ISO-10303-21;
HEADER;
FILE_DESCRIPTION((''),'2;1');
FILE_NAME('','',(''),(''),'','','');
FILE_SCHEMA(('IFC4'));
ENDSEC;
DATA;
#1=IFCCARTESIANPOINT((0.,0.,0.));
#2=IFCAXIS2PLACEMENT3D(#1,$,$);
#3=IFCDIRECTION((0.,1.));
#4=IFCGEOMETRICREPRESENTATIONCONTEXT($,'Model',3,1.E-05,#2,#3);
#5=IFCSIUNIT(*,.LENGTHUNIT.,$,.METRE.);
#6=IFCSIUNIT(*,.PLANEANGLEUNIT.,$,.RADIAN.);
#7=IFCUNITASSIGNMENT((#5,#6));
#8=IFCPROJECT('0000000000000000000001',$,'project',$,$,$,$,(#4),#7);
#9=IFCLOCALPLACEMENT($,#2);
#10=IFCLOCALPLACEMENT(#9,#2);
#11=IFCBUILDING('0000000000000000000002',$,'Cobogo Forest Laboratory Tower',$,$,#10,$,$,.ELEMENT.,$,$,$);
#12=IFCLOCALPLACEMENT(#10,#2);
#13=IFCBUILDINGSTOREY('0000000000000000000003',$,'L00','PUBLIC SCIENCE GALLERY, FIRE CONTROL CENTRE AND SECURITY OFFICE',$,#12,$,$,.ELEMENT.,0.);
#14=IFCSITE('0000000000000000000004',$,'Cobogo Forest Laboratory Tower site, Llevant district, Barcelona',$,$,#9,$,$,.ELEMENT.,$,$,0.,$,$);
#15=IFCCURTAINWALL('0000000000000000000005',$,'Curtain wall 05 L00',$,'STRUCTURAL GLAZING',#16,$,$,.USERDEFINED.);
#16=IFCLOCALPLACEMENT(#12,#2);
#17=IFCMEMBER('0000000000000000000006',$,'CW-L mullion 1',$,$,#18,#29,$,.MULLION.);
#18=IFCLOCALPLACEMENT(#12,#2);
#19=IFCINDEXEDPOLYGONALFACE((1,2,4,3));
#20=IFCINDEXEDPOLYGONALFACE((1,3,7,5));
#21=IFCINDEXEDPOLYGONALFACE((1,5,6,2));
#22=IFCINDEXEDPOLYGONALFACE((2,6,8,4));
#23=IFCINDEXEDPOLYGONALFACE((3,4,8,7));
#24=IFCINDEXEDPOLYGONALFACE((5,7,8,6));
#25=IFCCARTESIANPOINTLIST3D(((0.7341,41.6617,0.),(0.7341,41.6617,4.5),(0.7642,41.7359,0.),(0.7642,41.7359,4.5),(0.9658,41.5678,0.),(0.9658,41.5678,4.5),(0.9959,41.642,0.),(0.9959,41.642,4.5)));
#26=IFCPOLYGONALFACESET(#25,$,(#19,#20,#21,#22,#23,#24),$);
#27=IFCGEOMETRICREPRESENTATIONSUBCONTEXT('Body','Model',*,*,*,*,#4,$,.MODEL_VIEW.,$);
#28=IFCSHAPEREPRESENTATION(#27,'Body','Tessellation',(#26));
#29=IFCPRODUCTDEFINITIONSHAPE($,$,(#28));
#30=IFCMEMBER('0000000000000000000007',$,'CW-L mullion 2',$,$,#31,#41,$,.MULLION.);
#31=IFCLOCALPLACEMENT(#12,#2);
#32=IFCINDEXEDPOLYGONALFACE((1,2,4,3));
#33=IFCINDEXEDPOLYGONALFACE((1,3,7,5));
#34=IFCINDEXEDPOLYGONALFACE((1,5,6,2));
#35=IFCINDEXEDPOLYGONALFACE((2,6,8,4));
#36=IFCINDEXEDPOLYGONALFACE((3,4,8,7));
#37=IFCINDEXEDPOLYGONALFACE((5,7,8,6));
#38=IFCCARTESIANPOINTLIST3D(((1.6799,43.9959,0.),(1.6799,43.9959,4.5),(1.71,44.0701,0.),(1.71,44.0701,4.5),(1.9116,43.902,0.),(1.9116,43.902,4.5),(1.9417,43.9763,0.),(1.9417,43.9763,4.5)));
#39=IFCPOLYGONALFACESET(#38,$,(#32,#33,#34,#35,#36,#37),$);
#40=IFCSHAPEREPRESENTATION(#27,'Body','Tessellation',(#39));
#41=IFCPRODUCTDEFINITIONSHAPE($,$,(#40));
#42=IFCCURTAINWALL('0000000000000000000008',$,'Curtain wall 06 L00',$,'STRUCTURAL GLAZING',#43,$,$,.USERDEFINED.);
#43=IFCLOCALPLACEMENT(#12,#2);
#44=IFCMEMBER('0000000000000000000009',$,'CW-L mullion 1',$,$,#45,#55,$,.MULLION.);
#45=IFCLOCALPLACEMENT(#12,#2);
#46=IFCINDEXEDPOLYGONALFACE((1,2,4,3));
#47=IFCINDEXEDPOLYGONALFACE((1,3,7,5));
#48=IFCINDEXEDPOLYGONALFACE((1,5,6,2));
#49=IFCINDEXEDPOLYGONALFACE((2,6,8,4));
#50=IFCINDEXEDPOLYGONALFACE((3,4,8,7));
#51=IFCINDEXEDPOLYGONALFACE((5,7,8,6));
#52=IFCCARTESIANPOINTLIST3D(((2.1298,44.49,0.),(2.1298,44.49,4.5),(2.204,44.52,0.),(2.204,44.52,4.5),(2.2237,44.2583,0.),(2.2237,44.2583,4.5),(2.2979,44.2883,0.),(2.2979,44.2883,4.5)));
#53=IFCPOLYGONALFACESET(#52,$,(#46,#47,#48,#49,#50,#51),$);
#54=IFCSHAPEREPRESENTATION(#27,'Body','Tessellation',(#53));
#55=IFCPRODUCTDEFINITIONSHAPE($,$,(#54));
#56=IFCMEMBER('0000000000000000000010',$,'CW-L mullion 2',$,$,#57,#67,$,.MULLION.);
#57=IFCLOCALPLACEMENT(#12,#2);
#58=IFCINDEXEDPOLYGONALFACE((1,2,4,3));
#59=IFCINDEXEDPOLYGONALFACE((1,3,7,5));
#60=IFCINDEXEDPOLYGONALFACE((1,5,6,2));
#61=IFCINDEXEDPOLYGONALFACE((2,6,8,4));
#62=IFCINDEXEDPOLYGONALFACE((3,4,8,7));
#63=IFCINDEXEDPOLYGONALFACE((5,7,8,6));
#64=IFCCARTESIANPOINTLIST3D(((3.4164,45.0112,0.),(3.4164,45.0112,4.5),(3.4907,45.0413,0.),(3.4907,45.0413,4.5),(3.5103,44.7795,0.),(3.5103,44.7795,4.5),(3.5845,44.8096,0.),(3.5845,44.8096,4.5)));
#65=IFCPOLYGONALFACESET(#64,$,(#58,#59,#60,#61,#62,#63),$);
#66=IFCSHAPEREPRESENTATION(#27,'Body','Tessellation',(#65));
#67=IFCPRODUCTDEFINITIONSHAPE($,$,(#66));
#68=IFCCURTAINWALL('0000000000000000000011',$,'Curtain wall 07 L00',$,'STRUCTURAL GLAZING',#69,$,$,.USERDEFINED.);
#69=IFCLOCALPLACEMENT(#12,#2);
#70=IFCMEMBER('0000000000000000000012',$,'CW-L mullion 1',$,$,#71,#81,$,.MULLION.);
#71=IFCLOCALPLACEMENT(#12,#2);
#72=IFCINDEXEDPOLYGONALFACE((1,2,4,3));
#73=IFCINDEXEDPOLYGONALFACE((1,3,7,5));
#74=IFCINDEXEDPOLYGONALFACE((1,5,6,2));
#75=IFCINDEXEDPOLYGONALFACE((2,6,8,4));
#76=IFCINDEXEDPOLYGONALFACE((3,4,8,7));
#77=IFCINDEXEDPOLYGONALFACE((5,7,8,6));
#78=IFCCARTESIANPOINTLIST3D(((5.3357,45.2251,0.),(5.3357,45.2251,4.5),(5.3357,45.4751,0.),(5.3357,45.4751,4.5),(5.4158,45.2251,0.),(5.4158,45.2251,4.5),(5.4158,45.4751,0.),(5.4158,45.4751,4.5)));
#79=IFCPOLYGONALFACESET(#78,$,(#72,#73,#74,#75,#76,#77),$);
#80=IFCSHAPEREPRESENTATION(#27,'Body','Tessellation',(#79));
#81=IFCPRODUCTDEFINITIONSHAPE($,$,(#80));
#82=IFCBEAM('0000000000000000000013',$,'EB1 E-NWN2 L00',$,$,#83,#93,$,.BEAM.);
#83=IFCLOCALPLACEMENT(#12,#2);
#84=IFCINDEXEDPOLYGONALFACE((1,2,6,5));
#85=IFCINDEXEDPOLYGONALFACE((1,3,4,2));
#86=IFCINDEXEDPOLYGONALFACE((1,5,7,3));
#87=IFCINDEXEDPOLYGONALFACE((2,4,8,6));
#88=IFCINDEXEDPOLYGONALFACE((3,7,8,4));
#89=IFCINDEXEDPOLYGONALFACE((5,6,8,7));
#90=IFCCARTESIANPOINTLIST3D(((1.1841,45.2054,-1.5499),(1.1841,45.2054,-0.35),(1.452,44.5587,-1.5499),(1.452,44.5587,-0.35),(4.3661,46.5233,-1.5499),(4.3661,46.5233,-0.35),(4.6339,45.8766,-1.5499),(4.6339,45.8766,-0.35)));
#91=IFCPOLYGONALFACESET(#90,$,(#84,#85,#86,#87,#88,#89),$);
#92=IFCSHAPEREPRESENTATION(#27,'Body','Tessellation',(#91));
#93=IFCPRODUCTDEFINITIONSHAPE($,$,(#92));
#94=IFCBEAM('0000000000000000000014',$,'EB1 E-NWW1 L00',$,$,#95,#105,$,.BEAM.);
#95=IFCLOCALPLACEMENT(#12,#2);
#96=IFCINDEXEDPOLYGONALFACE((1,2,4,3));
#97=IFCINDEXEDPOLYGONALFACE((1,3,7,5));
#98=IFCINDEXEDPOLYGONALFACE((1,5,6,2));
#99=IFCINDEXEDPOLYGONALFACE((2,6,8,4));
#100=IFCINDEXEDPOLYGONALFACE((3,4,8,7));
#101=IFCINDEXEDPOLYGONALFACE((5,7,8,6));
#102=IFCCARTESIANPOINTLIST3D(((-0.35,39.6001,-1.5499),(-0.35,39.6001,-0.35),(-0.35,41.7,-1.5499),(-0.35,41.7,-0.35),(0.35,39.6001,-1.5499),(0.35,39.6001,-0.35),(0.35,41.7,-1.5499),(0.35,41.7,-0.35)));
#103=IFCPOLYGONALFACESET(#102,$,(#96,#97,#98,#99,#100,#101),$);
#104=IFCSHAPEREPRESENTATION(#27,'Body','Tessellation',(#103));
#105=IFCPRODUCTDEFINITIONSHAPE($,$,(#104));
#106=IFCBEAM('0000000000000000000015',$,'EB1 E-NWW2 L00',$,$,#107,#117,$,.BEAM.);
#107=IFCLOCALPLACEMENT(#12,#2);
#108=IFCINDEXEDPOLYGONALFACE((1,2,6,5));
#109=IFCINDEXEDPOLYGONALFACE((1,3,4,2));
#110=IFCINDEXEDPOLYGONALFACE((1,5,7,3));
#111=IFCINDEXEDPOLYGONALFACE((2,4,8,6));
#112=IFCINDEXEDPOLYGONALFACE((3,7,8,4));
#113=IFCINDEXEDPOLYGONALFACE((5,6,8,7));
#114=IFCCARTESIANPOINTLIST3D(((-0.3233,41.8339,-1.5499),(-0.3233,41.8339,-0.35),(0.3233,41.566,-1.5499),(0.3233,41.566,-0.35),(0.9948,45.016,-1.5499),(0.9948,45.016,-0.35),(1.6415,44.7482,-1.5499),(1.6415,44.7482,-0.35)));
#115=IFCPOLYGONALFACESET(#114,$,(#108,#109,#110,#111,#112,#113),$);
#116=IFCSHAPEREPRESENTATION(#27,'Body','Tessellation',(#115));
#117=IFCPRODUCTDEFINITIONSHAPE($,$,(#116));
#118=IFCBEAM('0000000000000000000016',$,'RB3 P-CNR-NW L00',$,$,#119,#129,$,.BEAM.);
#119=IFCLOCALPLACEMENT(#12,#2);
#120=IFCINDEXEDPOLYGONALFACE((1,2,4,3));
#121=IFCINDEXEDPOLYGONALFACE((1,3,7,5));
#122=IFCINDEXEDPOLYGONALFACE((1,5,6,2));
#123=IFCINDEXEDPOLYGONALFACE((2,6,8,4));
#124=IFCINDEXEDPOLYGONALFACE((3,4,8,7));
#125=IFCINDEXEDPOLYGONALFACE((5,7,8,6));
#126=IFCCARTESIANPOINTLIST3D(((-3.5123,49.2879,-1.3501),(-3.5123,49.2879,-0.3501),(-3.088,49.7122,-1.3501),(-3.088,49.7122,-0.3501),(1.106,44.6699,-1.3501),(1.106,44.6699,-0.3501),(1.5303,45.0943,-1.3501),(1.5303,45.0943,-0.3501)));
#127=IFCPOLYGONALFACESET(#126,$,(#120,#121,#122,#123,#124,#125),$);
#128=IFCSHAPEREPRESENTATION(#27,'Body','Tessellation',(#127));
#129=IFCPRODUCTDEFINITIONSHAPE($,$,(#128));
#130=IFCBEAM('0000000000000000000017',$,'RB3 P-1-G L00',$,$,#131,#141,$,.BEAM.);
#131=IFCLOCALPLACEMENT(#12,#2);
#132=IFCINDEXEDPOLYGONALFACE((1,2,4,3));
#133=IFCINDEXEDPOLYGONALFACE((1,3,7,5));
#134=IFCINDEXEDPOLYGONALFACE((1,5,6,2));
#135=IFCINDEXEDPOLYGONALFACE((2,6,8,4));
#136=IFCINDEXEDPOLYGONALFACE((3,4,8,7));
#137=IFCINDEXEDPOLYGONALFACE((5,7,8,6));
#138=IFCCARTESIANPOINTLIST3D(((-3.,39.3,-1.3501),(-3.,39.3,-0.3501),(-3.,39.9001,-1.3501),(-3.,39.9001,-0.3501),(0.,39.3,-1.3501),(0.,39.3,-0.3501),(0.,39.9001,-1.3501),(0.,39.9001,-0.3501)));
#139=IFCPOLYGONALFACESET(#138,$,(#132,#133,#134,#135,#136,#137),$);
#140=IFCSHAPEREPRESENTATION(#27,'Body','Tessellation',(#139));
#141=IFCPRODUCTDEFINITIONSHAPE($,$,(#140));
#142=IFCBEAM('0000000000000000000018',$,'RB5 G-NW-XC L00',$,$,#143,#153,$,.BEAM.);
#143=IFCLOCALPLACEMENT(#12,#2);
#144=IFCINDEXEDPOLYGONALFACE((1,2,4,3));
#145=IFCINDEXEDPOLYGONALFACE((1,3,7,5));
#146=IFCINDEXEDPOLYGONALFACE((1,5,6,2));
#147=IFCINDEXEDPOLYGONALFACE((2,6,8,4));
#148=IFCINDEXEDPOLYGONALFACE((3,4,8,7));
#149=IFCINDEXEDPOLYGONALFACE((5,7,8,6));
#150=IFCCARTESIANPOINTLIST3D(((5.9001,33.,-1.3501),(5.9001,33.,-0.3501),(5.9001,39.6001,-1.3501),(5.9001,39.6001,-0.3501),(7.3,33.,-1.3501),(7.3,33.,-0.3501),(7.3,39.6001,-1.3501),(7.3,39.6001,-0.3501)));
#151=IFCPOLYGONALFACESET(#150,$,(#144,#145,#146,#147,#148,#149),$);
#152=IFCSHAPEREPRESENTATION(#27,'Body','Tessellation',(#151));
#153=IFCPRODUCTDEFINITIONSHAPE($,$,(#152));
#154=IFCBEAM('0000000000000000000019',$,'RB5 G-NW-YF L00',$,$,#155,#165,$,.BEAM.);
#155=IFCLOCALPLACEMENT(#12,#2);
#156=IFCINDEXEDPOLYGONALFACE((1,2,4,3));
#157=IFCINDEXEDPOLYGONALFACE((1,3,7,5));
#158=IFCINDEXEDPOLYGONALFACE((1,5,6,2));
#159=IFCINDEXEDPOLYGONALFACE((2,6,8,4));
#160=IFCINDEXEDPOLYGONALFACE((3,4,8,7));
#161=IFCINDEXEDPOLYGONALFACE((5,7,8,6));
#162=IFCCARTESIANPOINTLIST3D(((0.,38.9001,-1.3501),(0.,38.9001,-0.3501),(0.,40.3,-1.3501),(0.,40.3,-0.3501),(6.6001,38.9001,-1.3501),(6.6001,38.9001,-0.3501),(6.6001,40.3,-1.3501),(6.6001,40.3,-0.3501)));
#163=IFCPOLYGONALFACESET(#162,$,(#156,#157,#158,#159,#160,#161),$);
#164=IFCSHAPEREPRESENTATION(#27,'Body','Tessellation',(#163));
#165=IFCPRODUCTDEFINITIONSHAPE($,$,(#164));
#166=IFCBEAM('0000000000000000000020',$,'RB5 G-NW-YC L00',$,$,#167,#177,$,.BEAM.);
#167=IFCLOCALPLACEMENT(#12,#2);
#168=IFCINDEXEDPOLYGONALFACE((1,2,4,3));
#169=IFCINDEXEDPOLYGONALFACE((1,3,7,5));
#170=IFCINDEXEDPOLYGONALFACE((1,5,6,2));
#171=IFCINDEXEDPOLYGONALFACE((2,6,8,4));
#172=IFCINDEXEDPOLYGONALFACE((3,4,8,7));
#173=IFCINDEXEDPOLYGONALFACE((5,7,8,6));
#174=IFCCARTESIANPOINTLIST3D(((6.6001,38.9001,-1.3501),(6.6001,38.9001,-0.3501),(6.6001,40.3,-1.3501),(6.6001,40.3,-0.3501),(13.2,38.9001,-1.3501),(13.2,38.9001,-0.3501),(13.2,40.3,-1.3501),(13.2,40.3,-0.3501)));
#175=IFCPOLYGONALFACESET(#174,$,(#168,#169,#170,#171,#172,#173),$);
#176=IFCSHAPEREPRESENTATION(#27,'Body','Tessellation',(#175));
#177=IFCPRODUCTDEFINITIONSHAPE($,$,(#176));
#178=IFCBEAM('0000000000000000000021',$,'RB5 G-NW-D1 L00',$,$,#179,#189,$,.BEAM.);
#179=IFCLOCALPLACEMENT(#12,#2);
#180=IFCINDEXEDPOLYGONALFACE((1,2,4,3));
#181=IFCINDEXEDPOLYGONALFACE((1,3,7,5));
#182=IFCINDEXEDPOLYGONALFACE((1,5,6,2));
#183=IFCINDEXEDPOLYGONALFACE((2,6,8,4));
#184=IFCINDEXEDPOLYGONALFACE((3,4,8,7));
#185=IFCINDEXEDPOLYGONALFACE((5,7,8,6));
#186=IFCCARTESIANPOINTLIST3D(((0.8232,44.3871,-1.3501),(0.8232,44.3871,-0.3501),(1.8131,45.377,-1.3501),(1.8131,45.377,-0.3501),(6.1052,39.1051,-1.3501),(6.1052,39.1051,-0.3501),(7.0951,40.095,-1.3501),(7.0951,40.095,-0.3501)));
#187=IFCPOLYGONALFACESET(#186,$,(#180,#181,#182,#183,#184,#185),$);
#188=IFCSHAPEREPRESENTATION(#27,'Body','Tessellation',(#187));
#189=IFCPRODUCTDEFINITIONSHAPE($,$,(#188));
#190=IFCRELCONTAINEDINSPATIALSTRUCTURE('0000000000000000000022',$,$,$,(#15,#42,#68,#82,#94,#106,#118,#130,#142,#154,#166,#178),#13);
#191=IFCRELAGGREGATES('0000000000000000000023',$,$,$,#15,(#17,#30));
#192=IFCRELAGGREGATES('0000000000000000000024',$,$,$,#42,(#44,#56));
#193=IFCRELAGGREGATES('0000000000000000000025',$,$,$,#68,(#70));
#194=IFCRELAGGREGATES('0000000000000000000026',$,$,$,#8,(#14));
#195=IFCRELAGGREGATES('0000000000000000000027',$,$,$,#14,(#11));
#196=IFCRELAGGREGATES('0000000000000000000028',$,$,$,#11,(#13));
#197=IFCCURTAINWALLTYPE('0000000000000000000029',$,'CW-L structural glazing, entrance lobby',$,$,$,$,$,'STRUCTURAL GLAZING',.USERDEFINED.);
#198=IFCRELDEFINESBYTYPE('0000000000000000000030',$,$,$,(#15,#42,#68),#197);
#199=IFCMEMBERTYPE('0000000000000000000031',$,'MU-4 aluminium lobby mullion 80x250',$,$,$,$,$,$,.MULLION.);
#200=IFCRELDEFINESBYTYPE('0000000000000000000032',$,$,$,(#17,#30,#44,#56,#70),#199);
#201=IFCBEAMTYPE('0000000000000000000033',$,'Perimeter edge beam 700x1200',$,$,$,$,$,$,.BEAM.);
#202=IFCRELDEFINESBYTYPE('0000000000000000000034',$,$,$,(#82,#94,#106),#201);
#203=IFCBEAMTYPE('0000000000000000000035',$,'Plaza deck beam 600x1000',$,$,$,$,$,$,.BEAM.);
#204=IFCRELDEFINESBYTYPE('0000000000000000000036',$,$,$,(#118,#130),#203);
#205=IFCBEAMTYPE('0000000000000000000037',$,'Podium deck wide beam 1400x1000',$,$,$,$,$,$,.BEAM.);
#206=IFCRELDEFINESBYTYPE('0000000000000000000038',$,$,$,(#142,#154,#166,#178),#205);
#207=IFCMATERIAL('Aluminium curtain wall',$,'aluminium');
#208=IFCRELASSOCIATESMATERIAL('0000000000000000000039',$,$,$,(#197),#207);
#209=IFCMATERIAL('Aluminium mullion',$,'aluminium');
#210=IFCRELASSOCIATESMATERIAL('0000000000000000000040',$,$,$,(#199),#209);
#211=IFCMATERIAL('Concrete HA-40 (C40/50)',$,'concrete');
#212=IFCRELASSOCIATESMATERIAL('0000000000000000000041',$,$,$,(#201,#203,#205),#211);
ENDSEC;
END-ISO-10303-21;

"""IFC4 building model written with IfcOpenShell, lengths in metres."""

from ifc_helpers import new_model, si_unit, direction, frame, origin, origin_2d, place, context, subcontext, project, spatial, rectangle, extrude, material, material_profile, profile_set, type_object, element, aggregate, save


model = new_model("IFC4")

# Units and contexts
model_context = context("Model", 3, precision=1e-05, world=origin(), true_north=direction((0.0, 1.0)))
body_context = subcontext(model_context, "Body", "Model", "MODEL_VIEW")
ifc_project = project(units=[si_unit("LENGTHUNIT", "METRE"), si_unit("PLANEANGLEUNIT", "RADIAN")], contexts=[model_context])

# Site, building, storey
site_placement = place(None, origin())
site = spatial("IfcSite", under=ifc_project, at=site_placement, Name="Cobogo Forest Laboratory Tower site, Llevant district, Barcelona", CompositionType="ELEMENT", RefElevation=0.0)
building_placement = place(site_placement, origin())
building = spatial("IfcBuilding", under=site, at=building_placement, Name="Cobogo Forest Laboratory Tower", CompositionType="ELEMENT")
storey_placement = place(building_placement, origin())
storey = spatial("IfcBuildingStorey", under=building, at=storey_placement, Name="L00", Description="PUBLIC SCIENCE GALLERY, FIRE CONTROL CENTRE AND SECURITY OFFICE", CompositionType="ELEMENT", Elevation=0.0)

# Curtain walls, members
ifc_material_1 = material(Name="Aluminium curtain wall", Category="aluminium")
curtain_wall_type = type_object("IfcCurtainWallType", Name="CW-L structural glazing, entrance lobby", ElementType="STRUCTURAL GLAZING", PredefinedType="USERDEFINED", material=ifc_material_1)
ifc_material_2 = material(Name="Aluminium mullion", Category="aluminium")
ifc_material_profile_1 = material_profile(ifc_material_2, rectangle(XDim=0.0801, YDim=0.25, at=origin_2d()), Name="AL 80x250")
ifc_profile_set_1 = profile_set([ifc_material_profile_1], Name="Aluminium mullion")
member_type_1 = type_object("IfcMemberType", Name="MU-4 aluminium lobby mullion 80x250", PredefinedType="MULLION", material=ifc_profile_set_1)
curtain_wall_1_placement = place(storey_placement, origin())
curtain_wall_1 = element("IfcCurtainWall", 1, at=curtain_wall_1_placement, inside=storey, type_object=curtain_wall_type, Name="Curtain wall 05 L00", ObjectType="STRUCTURAL GLAZING", PredefinedType="USERDEFINED")
member_1_placement = place(storey_placement, frame((0.865, 41.6519, 0.0), z_axis=(0.0, 0.0, 1.0), x_axis=(0.375507, 0.92682, 0.0)))
member_1 = element("IfcMember", 2, at=member_1_placement, type_object=member_type_1, Name="CW-L mullion 1", PredefinedType="MULLION", context=body_context, shape_type="SweptSolid", body=[
    extrude(rectangle(XDim=0.0801, YDim=0.25, at=origin_2d()), origin(), (0.0, 0.0, 1.0), 4.5),
])
member_2_placement = place(storey_placement, frame((1.8108, 43.9861, 0.0), z_axis=(0.0, 0.0, 1.0), x_axis=(0.375507, 0.92682, 0.0)))
member_2 = element("IfcMember", 3, at=member_2_placement, type_object=member_type_1, Name="CW-L mullion 2", PredefinedType="MULLION", context=body_context, shape_type="SweptSolid", body=[
    extrude(rectangle(XDim=0.0801, YDim=0.25, at=origin_2d()), origin(), (0.0, 0.0, 1.0), 4.5),
])
curtain_wall_2_placement = place(storey_placement, origin())
curtain_wall_2 = element("IfcCurtainWall", 4, at=curtain_wall_2_placement, inside=storey, type_object=curtain_wall_type, Name="Curtain wall 06 L00", ObjectType="STRUCTURAL GLAZING", PredefinedType="USERDEFINED")
member_3_placement = place(storey_placement, frame((2.2139, 44.3892, 0.0), z_axis=(0.0, 0.0, 1.0), x_axis=(0.92682, 0.375507, 0.0)))
member_3 = element("IfcMember", 5, at=member_3_placement, type_object=member_type_1, Name="CW-L mullion 1", PredefinedType="MULLION", context=body_context, shape_type="SweptSolid", body=[
    extrude(rectangle(XDim=0.0801, YDim=0.25, at=origin_2d()), origin(), (0.0, 0.0, 1.0), 4.5),
])
member_4_placement = place(storey_placement, frame((3.5005, 44.9104, 0.0), z_axis=(0.0, 0.0, 1.0), x_axis=(0.92682, 0.375507, 0.0)))
member_4 = element("IfcMember", 6, at=member_4_placement, type_object=member_type_1, Name="CW-L mullion 2", PredefinedType="MULLION", context=body_context, shape_type="SweptSolid", body=[
    extrude(rectangle(XDim=0.0801, YDim=0.25, at=origin_2d()), origin(), (0.0, 0.0, 1.0), 4.5),
])

# Curtain wall, member
curtain_wall_3_placement = place(storey_placement, origin())
curtain_wall_3 = element("IfcCurtainWall", 7, at=curtain_wall_3_placement, inside=storey, type_object=curtain_wall_type, Name="Curtain wall 07 L00", ObjectType="STRUCTURAL GLAZING", PredefinedType="USERDEFINED")
member_5_placement = place(storey_placement, frame((5.3757, 45.3501, 0.0), z_axis=(0.0, 0.0, 1.0), x_axis=(1.0, 0.0, 0.0)))
member_5 = element("IfcMember", 8, at=member_5_placement, type_object=member_type_1, Name="CW-L mullion 1", PredefinedType="MULLION", context=body_context, shape_type="SweptSolid", body=[
    extrude(rectangle(XDim=0.0801, YDim=0.25, at=origin_2d()), origin(), (0.0, 0.0, 1.0), 4.5),
])

# Beams
ifc_material_3 = material(Name="Concrete HA-40 (C40/50)", Category="concrete")
ifc_material_profile_2 = material_profile(ifc_material_3, rectangle(XDim=0.7, YDim=1.2, at=origin_2d()), Name="RC 700x1200")
ifc_profile_set_2 = profile_set([ifc_material_profile_2], Name="Concrete HA-40 (C40/50)")
beam_type_1 = type_object("IfcBeamType", Name="Perimeter edge beam 700x1200", PredefinedType="BEAM", material=ifc_profile_set_2)
beam_1_placement = place(storey_placement, frame((4.5, 46.2, -0.95), z_axis=(-0.923891, -0.382656, 0.0), x_axis=(0.382656, -0.923891, 0.0)))
element("IfcBeam", 9, at=beam_1_placement, inside=storey, type_object=beam_type_1, Name="EB1 E-NWN2 L00", PredefinedType="BEAM", context=body_context, shape_type="SweptSolid", body=[
    extrude(rectangle(XDim=0.7, YDim=1.2, at=origin_2d()), origin(), (0.0, 0.0, 1.0), 3.4441),
])
beam_2_placement = place(storey_placement, frame((0.0, 39.6001, -0.95), z_axis=(0.0, 1.0, 0.0), x_axis=(-1.0, 0.0, 0.0)))
element("IfcBeam", 10, at=beam_2_placement, inside=storey, type_object=beam_type_1, Name="EB1 E-NWW1 L00", PredefinedType="BEAM", context=body_context, shape_type="SweptSolid", body=[
    extrude(rectangle(XDim=0.7, YDim=1.2, at=origin_2d()), origin(), (0.0, 0.0, 1.0), 2.0999),
])
beam_3_placement = place(storey_placement, frame((0.0, 41.7, -0.95), z_axis=(0.382692, 0.923876, 0.0), x_axis=(-0.923876, 0.382692, 0.0)))
element("IfcBeam", 11, at=beam_3_placement, inside=storey, type_object=beam_type_1, Name="EB1 E-NWW2 L00", PredefinedType="BEAM", context=body_context, shape_type="SweptSolid", body=[
    extrude(rectangle(XDim=0.7, YDim=1.2, at=origin_2d()), origin(), (0.0, 0.0, 1.0), 3.4443),
])
ifc_material_profile_3 = material_profile(ifc_material_3, rectangle(XDim=0.6001, YDim=1.0, at=origin_2d()), Name="RC 600x1000")
ifc_profile_set_3 = profile_set([ifc_material_profile_3], Name="Concrete HA-40 (C40/50)")
beam_type_2 = type_object("IfcBeamType", Name="Plaza deck beam 600x1000", PredefinedType="BEAM", material=ifc_profile_set_3)
beam_4_placement = place(storey_placement, frame((1.3181, 44.8821, -0.8501), z_axis=(-0.707125, 0.707088, 0.0), x_axis=(-0.707088, -0.707125, 0.0)))
element("IfcBeam", 12, at=beam_4_placement, inside=storey, type_object=beam_type_2, Name="RB3 P-CNR-NW L00", PredefinedType="BEAM", context=body_context, shape_type="SweptSolid", body=[
    extrude(rectangle(XDim=0.6001, YDim=1.0, at=origin_2d()), origin(), (0.0, 0.0, 1.0), 6.531),
])
beam_5_placement = place(storey_placement, frame((0.0, 39.6001, -0.8501), z_axis=(-1.0, 0.0, 0.0), x_axis=(0.0, -1.0, 0.0)))
element("IfcBeam", 13, at=beam_5_placement, inside=storey, type_object=beam_type_2, Name="RB3 P-1-G L00", PredefinedType="BEAM", context=body_context, shape_type="SweptSolid", body=[
    extrude(rectangle(XDim=0.6001, YDim=1.0, at=origin_2d()), origin(), (0.0, 0.0, 1.0), 3.0),
])
ifc_material_profile_4 = material_profile(ifc_material_3, rectangle(XDim=1.3999, YDim=1.0, at=origin_2d()), Name="RC 1400x1000")
ifc_profile_set_4 = profile_set([ifc_material_profile_4], Name="Concrete HA-40 (C40/50)")
beam_type_3 = type_object("IfcBeamType", Name="Podium deck wide beam 1400x1000", PredefinedType="BEAM", material=ifc_profile_set_4)
for number, where, z_axis, x_axis, name in (
    (14, (6.6001, 39.6001, -0.8501), (0.0, -1.0, 0.0), (1.0, 0.0, 0.0), "RB5 G-NW-XC L00"),
    (15, (0.0, 39.6001, -0.8501), (1.0, 0.0, 0.0), (0.0, 1.0, 0.0), "RB5 G-NW-YF L00"),
):
    element("IfcBeam", number, at=place(storey_placement, frame(where, z_axis=z_axis, x_axis=x_axis)), inside=storey, type_object=beam_type_3, Name=name, PredefinedType="BEAM", context=body_context, shape_type="SweptSolid", body=[
        extrude(rectangle(XDim=1.3999, YDim=1.0, at=origin_2d()), origin(), (0.0, 0.0, 1.0), 6.6001),
    ])
beam_6_placement = place(storey_placement, frame((6.6001, 39.6001, -0.8501), z_axis=(1.0, 0.0, 0.0), x_axis=(0.0, 1.0, 0.0)))
element("IfcBeam", 16, at=beam_6_placement, inside=storey, type_object=beam_type_3, Name="RB5 G-NW-YC L00", PredefinedType="BEAM", context=body_context, shape_type="SweptSolid", body=[
    extrude(rectangle(XDim=1.3999, YDim=1.0, at=origin_2d()), origin(), (0.0, 0.0, 1.0), 6.5999),
])
beam_7_placement = place(storey_placement, frame((1.3181, 44.8821, -0.8501), z_axis=(0.707107, -0.707107, 0.0), x_axis=(0.707107, 0.707107, 0.0)))
element("IfcBeam", 17, at=beam_7_placement, inside=storey, type_object=beam_type_3, Name="RB5 G-NW-D1 L00", PredefinedType="BEAM", context=body_context, shape_type="SweptSolid", body=[
    extrude(rectangle(XDim=1.3999, YDim=1.0, at=origin_2d()), origin(), (0.0, 0.0, 1.0), 7.47),
])

aggregate(curtain_wall_1, [member_1, member_2])
aggregate(curtain_wall_2, [member_3, member_4])
aggregate(curtain_wall_3, [member_5])

save(model, "model.ifc")
